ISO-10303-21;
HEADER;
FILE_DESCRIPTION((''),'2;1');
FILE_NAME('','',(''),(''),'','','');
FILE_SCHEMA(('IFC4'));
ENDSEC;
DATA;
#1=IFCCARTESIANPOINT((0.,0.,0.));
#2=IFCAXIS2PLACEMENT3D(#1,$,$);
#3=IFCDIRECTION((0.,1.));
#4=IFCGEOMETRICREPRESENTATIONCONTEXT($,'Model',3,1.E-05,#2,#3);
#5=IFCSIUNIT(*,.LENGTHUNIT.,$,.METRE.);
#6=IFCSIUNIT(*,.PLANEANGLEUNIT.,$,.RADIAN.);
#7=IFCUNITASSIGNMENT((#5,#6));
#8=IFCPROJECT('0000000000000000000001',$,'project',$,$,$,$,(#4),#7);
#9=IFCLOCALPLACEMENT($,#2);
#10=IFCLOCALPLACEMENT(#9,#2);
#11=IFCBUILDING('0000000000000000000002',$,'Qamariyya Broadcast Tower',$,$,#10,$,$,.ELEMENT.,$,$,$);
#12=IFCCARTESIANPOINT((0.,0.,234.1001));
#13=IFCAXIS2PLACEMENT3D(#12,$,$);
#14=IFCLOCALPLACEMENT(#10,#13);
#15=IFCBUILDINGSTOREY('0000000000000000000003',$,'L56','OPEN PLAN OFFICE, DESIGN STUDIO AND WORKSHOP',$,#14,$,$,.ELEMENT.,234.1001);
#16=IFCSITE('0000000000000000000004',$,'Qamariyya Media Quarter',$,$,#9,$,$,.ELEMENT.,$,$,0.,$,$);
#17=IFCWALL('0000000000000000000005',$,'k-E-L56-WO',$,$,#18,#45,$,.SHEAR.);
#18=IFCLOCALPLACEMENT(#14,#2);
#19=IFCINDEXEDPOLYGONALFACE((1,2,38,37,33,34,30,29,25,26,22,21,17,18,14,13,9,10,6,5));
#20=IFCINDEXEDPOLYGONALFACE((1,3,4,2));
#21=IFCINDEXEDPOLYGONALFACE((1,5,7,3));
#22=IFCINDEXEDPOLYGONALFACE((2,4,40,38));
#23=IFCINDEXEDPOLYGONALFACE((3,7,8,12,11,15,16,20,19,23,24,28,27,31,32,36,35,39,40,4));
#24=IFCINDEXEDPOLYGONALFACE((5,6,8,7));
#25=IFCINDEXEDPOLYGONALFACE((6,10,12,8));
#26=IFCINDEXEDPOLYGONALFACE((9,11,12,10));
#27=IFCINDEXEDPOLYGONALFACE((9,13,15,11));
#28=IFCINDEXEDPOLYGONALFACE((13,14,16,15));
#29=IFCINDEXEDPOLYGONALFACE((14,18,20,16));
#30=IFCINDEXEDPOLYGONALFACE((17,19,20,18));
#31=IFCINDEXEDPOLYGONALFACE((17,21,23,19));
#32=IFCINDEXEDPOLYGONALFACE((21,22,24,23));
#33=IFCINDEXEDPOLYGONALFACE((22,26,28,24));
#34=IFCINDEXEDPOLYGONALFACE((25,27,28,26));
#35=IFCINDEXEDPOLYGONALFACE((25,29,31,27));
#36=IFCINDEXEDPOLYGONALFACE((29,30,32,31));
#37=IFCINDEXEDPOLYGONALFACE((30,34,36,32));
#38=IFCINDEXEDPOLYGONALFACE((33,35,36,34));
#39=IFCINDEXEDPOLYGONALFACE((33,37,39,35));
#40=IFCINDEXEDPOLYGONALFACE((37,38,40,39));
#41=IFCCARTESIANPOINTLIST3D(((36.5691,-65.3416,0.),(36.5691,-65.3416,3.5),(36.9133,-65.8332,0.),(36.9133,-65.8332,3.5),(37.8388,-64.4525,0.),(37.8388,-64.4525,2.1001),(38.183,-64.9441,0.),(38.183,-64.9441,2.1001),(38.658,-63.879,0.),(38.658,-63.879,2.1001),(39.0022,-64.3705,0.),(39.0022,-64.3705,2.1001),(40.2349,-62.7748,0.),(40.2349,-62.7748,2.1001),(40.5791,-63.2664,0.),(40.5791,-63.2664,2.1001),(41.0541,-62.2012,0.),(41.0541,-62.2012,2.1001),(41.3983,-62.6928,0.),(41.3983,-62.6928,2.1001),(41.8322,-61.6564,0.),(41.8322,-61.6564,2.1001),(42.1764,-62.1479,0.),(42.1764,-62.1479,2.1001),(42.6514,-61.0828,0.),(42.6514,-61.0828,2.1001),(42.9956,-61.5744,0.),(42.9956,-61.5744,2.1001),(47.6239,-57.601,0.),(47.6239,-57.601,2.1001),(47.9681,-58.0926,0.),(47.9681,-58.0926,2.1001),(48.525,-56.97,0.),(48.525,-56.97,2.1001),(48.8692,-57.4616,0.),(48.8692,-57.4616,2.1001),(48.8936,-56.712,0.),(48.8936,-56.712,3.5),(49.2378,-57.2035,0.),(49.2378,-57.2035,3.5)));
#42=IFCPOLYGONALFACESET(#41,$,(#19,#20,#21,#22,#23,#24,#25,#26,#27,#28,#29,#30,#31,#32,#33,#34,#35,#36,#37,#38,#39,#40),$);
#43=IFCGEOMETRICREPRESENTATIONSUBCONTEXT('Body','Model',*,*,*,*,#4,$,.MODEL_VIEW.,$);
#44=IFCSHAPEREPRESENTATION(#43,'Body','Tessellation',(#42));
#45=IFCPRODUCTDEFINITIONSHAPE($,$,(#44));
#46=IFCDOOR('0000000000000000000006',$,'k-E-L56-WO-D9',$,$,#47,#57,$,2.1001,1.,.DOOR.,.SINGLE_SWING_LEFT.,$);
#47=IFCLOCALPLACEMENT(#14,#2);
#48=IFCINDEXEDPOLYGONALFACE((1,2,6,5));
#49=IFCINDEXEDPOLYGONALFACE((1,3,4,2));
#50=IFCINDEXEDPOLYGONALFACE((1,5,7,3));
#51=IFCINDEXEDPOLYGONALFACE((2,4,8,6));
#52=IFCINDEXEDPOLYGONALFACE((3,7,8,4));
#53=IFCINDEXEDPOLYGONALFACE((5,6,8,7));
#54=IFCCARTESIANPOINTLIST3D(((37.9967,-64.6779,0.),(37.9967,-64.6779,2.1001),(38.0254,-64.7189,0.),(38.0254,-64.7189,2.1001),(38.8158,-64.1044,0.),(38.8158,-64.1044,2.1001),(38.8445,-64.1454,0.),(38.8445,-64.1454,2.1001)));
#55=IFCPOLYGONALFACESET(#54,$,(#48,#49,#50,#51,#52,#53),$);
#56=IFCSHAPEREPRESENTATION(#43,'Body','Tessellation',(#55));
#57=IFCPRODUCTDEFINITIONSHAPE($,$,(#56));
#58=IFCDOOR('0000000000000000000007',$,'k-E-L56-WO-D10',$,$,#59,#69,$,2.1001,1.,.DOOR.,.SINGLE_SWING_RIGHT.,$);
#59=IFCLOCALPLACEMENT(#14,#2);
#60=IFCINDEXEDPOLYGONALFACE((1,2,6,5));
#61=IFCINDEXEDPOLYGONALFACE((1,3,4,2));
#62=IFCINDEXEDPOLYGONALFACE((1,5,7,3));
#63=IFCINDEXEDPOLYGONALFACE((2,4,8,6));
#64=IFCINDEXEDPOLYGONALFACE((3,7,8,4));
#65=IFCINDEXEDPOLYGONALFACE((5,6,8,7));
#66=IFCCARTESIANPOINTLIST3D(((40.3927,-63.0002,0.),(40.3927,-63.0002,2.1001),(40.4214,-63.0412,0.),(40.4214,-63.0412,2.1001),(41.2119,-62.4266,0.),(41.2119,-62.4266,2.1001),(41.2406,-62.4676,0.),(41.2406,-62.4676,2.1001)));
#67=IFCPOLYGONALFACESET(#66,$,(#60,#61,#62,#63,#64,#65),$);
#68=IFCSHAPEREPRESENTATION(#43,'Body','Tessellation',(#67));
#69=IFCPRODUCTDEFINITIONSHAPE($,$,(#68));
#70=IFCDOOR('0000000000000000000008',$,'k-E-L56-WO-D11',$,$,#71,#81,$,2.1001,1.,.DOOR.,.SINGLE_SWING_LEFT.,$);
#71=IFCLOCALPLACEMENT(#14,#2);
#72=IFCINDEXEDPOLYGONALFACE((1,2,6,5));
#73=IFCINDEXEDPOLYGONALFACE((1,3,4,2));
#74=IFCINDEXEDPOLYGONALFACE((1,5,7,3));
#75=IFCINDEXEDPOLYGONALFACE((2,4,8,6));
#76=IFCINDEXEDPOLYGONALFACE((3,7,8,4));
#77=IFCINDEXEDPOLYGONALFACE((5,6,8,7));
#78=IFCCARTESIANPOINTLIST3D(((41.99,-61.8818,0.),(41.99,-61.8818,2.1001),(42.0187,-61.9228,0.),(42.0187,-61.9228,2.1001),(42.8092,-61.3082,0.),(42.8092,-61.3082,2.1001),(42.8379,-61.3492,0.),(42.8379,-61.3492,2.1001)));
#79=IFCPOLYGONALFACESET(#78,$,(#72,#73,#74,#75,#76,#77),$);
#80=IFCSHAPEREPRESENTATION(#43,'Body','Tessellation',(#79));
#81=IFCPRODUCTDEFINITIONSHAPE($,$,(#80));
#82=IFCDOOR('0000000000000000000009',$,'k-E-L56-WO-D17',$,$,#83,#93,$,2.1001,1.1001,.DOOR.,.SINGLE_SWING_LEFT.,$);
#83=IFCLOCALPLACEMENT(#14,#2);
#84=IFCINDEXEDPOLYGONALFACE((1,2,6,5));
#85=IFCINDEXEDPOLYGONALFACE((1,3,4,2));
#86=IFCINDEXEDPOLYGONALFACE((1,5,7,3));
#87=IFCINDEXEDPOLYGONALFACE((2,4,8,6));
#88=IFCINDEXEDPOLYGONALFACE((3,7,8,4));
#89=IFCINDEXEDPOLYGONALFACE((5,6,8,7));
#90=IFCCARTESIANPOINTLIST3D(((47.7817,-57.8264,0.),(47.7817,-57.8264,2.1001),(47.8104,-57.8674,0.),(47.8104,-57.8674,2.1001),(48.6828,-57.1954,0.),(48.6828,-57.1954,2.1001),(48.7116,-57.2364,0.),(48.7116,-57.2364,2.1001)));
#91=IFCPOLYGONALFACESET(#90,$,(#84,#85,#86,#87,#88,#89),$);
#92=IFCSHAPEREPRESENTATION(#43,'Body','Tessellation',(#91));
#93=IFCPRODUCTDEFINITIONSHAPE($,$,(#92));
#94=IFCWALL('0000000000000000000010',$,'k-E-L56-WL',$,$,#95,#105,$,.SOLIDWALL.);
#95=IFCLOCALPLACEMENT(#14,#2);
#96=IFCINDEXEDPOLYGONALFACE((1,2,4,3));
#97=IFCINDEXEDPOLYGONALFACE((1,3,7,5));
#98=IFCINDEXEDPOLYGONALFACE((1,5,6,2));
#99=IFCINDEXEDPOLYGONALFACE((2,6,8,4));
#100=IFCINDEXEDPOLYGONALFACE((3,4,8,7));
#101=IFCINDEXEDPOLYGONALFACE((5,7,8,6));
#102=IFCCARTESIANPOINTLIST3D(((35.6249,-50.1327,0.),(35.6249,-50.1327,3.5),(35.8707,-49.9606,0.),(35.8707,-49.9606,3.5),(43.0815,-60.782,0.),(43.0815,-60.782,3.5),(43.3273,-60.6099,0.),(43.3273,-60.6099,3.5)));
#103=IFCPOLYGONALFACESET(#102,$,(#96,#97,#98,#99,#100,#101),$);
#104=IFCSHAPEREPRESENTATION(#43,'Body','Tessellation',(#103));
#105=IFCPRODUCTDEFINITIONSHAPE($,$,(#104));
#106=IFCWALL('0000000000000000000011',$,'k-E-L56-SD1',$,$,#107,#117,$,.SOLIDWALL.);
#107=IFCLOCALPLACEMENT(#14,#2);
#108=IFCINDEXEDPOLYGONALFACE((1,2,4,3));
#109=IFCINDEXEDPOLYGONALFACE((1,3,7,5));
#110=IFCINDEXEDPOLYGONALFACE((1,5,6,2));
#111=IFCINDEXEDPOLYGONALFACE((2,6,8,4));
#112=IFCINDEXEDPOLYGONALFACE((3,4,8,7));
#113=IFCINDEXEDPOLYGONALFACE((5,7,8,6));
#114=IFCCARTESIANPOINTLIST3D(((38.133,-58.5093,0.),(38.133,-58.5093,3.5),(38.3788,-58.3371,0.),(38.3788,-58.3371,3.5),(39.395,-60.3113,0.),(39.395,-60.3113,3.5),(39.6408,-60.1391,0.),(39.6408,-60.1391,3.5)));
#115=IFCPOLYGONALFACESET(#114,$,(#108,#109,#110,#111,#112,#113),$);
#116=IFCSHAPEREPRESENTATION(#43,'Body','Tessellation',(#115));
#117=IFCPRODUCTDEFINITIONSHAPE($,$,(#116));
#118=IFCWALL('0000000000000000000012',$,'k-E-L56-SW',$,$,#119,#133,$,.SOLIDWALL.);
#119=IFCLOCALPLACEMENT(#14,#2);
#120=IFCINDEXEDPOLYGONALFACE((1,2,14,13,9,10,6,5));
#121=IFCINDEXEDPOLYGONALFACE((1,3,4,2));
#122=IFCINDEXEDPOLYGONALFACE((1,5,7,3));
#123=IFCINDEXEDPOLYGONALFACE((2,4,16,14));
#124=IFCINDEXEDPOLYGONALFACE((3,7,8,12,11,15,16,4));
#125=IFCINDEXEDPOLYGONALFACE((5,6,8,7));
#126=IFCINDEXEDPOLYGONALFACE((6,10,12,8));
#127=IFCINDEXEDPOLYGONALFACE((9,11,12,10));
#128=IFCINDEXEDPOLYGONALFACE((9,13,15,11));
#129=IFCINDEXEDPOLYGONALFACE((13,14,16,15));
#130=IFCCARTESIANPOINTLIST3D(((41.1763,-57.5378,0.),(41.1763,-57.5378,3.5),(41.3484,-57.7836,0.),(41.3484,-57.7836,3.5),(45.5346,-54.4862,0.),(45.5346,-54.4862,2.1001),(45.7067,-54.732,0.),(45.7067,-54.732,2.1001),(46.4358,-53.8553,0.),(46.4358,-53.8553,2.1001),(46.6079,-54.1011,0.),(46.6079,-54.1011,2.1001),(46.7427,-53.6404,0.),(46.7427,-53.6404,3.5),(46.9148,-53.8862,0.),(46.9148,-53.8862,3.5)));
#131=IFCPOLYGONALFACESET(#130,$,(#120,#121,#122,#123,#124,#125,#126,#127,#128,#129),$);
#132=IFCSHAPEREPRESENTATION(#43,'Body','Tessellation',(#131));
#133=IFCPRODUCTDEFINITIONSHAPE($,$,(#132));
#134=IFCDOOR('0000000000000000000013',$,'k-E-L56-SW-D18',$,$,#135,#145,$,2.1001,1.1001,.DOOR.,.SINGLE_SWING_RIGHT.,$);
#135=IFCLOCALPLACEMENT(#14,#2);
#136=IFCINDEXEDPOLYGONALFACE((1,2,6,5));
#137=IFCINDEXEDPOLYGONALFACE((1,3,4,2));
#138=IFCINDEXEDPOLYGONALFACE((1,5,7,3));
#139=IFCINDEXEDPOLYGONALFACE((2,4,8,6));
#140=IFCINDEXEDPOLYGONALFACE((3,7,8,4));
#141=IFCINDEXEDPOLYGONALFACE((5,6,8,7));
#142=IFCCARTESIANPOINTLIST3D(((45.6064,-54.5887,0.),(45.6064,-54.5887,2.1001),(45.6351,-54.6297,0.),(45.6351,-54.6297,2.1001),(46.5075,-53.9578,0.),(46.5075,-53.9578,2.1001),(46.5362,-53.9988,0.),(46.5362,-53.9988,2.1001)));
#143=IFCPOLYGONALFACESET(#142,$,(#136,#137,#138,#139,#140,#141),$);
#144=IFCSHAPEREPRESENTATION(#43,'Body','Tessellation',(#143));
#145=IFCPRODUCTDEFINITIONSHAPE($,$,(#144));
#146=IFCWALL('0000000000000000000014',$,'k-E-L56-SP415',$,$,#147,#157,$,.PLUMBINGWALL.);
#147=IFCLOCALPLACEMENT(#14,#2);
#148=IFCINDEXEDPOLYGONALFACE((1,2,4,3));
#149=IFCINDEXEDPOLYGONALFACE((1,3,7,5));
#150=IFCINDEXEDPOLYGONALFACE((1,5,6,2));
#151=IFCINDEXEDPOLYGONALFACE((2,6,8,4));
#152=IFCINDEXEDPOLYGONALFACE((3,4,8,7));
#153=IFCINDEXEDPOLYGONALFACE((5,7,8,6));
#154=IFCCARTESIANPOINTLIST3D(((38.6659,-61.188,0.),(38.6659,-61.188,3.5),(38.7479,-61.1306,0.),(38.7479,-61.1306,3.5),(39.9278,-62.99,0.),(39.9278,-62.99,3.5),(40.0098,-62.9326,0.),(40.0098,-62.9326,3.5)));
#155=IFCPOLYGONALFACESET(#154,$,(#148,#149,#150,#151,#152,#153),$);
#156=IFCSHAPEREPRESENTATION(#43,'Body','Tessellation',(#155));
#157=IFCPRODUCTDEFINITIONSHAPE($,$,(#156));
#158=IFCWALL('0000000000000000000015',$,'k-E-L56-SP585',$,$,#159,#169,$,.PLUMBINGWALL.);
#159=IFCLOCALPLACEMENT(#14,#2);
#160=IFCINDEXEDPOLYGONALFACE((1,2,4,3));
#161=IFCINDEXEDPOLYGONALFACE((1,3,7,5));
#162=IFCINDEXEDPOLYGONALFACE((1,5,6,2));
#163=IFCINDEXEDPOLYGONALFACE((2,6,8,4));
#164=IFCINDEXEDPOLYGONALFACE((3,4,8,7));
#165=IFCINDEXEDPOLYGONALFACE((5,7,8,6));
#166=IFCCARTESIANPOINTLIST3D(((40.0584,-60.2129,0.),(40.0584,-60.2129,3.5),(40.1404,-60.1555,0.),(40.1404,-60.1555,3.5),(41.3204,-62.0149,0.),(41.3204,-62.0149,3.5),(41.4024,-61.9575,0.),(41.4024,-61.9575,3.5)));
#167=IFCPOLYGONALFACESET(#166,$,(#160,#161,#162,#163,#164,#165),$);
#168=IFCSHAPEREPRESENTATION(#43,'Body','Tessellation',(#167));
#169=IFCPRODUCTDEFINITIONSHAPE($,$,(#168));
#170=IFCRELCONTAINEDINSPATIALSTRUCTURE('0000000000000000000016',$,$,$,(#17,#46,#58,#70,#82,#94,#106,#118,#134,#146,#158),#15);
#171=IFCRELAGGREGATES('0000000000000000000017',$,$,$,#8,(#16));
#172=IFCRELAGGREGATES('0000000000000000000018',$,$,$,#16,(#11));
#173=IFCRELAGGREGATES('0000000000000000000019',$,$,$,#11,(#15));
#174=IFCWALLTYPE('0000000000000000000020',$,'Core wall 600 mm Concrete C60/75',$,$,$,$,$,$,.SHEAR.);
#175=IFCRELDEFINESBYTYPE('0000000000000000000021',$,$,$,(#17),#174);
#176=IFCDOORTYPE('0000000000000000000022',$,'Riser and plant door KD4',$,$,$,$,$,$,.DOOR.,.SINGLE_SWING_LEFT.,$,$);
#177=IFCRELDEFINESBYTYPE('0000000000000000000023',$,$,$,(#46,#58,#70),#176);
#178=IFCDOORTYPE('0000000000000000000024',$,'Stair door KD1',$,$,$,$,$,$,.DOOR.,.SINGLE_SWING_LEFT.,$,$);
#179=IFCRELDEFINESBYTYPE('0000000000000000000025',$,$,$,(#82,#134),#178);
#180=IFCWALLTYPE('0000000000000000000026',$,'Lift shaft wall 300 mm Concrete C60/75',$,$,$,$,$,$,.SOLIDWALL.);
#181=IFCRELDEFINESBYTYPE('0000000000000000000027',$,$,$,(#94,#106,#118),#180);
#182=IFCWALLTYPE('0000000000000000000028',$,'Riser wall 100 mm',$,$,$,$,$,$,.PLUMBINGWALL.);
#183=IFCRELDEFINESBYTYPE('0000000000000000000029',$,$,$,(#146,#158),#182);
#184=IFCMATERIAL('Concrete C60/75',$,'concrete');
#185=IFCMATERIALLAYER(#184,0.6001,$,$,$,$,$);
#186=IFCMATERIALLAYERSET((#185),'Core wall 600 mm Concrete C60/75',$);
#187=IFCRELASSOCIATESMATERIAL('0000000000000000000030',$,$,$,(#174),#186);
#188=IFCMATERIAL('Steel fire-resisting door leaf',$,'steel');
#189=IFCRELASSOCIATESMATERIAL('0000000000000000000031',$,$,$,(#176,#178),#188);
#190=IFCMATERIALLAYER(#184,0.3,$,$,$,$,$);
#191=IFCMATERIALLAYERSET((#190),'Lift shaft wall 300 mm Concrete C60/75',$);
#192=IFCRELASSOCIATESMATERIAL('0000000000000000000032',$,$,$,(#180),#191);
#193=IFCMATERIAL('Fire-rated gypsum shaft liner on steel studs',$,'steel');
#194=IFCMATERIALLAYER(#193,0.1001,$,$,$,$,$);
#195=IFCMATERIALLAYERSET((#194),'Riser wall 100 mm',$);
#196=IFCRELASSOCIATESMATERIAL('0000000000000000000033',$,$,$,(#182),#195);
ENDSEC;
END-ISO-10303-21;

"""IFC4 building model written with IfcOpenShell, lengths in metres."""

from ifc_helpers import new_model, si_unit, direction, frame, frame_2d, origin, place, context, subcontext, project, spatial, rectangle, extrude, material, layer, layer_set, type_object, element, fill, save


model = new_model("IFC4")

# Units and contexts
model_context = context("Model", 3, precision=1e-05, world=origin(), true_north=direction((0.0, 1.0)))
body_context = subcontext(model_context, "Body", "Model", "MODEL_VIEW")
ifc_project = project(units=[si_unit("LENGTHUNIT", "METRE"), si_unit("PLANEANGLEUNIT", "RADIAN")], contexts=[model_context])

# Site, building, storey
site_placement = place(None, origin())
site = spatial("IfcSite", under=ifc_project, at=site_placement, Name="Qamariyya Media Quarter", CompositionType="ELEMENT", RefElevation=0.0)
building_placement = place(site_placement, origin())
building = spatial("IfcBuilding", under=site, at=building_placement, Name="Qamariyya Broadcast Tower", CompositionType="ELEMENT")
storey_placement = place(building_placement, frame((0.0, 0.0, 234.1001)))
storey = spatial("IfcBuildingStorey", under=building, at=storey_placement, Name="L56", Description="OPEN PLAN OFFICE, DESIGN STUDIO AND WORKSHOP", CompositionType="ELEMENT", Elevation=234.1001)

# Shared definitions
ifc_material_1 = material(Name="Concrete C60/75", Category="concrete")

# Shared definitions
ifc_layer_1 = layer(ifc_material_1, 0.6001)
ifc_layer_set_1 = layer_set([ifc_layer_1], Name="Core wall 600 mm Concrete C60/75")
wall_type_1 = type_object("IfcWallType", Name="Core wall 600 mm Concrete C60/75", PredefinedType="SHEAR", material=ifc_layer_set_1)
ifc_material_2 = material(Name="Steel fire-resisting door leaf", Category="steel")

# Wall, openings, doors
wall_1_placement = place(storey_placement, frame((36.7412, -65.5874, 0.0), z_axis=(0.0, 0.0, 1.0), x_axis=(0.819153, 0.573575, 0.0)))
wall_1 = element("IfcWall", 1, at=wall_1_placement, inside=storey, type_object=wall_type_1, Name="k-E-L56-WO", PredefinedType="SHEAR", context=body_context, shape_type="SweptSolid", body=[
    extrude(rectangle(XDim=15.0454, YDim=0.6001, at=frame_2d((7.5227, 0.0))), origin(), (0.0, 0.0, 1.0), 3.5),
])
opening_1_placement = place(wall_1_placement, frame((1.55, 0.0, 0.0)))
opening_1 = element("IfcOpeningElement", 2, at=opening_1_placement, cuts=wall_1, PredefinedType="OPENING", context=body_context, shape_type="SweptSolid", body=[
    extrude(rectangle(XDim=1.0, YDim=2.1001, at=frame_2d((0.5, 1.05))), frame((0.0, 0.3101, 0.0), z_axis=(0.0, -1.0, 0.0), x_axis=(1.0, 0.0, 0.0)), (0.0, 0.0, 1.0), 0.6201),
])
opening_2_placement = place(wall_1_placement, frame((4.4751, 0.0, 0.0)))
opening_2 = element("IfcOpeningElement", 3, at=opening_2_placement, cuts=wall_1, PredefinedType="OPENING", context=body_context, shape_type="SweptSolid", body=[
    extrude(rectangle(XDim=1.0, YDim=2.1001, at=frame_2d((0.5, 1.05))), frame((0.0, 0.3101, 0.0), z_axis=(0.0, -1.0, 0.0), x_axis=(1.0, 0.0, 0.0)), (0.0, 0.0, 1.0), 0.6201),
])
opening_3_placement = place(wall_1_placement, frame((6.425, 0.0, 0.0)))
opening_3 = element("IfcOpeningElement", 4, at=opening_3_placement, cuts=wall_1, PredefinedType="OPENING", context=body_context, shape_type="SweptSolid", body=[
    extrude(rectangle(XDim=1.0, YDim=2.1001, at=frame_2d((0.5, 1.05))), frame((0.0, 0.3101, 0.0), z_axis=(0.0, -1.0, 0.0), x_axis=(1.0, 0.0, 0.0)), (0.0, 0.0, 1.0), 0.6201),
])
opening_4_placement = place(wall_1_placement, frame((13.4954, 0.0, 0.0)))
opening_4 = element("IfcOpeningElement", 5, at=opening_4_placement, cuts=wall_1, PredefinedType="OPENING", context=body_context, shape_type="SweptSolid", body=[
    extrude(rectangle(XDim=1.1001, YDim=2.1001, at=frame_2d((0.55, 1.05))), frame((0.0, 0.3101, 0.0), z_axis=(0.0, -1.0, 0.0), x_axis=(1.0, 0.0, 0.0)), (0.0, 0.0, 1.0), 0.6201),
])
door_type_1 = type_object("IfcDoorType", Name="Riser and plant door KD4", OperationType="SINGLE_SWING_LEFT", PredefinedType="DOOR", material=ifc_material_2)
door_1_placement = place(opening_1_placement, origin())
door_1 = element("IfcDoor", 6, at=door_1_placement, inside=storey, type_object=door_type_1, Name="k-E-L56-WO-D9", OperationType="SINGLE_SWING_LEFT", OverallHeight=2.1001, OverallWidth=1.0, PredefinedType="DOOR", context=body_context, shape_type="SweptSolid", body=[
    extrude(rectangle(XDim=1.0, YDim=2.1001, at=frame_2d((0.5, 1.05))), frame((0.0, 0.0249, 0.0), z_axis=(0.0, -1.0, 0.0), x_axis=(1.0, 0.0, 0.0)), (0.0, 0.0, 1.0), 0.05),
])
fill(opening_1, door_1)
door_2_placement = place(opening_2_placement, origin())
door_2 = element("IfcDoor", 7, at=door_2_placement, inside=storey, type_object=door_type_1, Name="k-E-L56-WO-D10", OperationType="SINGLE_SWING_RIGHT", OverallHeight=2.1001, OverallWidth=1.0, PredefinedType="DOOR", context=body_context, shape_type="SweptSolid", body=[
    extrude(rectangle(XDim=1.0, YDim=2.1001, at=frame_2d((0.5, 1.05))), frame((0.0, 0.0249, 0.0), z_axis=(0.0, -1.0, 0.0), x_axis=(1.0, 0.0, 0.0)), (0.0, 0.0, 1.0), 0.05),
])
fill(opening_2, door_2)
door_3_placement = place(opening_3_placement, origin())
door_3 = element("IfcDoor", 8, at=door_3_placement, inside=storey, type_object=door_type_1, Name="k-E-L56-WO-D11", OperationType="SINGLE_SWING_LEFT", OverallHeight=2.1001, OverallWidth=1.0, PredefinedType="DOOR", context=body_context, shape_type="SweptSolid", body=[
    extrude(rectangle(XDim=1.0, YDim=2.1001, at=frame_2d((0.5, 1.05))), frame((0.0, 0.0249, 0.0), z_axis=(0.0, -1.0, 0.0), x_axis=(1.0, 0.0, 0.0)), (0.0, 0.0, 1.0), 0.05),
])
fill(opening_3, door_3)
door_type_2 = type_object("IfcDoorType", Name="Stair door KD1", OperationType="SINGLE_SWING_LEFT", PredefinedType="DOOR", material=ifc_material_2)
door_4_placement = place(opening_4_placement, origin())
door_4 = element("IfcDoor", 9, at=door_4_placement, inside=storey, type_object=door_type_2, Name="k-E-L56-WO-D17", OperationType="SINGLE_SWING_LEFT", OverallHeight=2.1001, OverallWidth=1.1001, PredefinedType="DOOR", context=body_context, shape_type="SweptSolid", body=[
    extrude(rectangle(XDim=1.1001, YDim=2.1001, at=frame_2d((0.55, 1.05))), frame((0.0, 0.0249, 0.0), z_axis=(0.0, -1.0, 0.0), x_axis=(1.0, 0.0, 0.0)), (0.0, 0.0, 1.0), 0.05),
])
fill(opening_4, door_4)

# Walls
ifc_layer_2 = layer(ifc_material_1, 0.3)
ifc_layer_set_2 = layer_set([ifc_layer_2], Name="Lift shaft wall 300 mm Concrete C60/75")
wall_type_2 = type_object("IfcWallType", Name="Lift shaft wall 300 mm Concrete C60/75", PredefinedType="SOLIDWALL", material=ifc_layer_set_2)
wall_2_placement = place(storey_placement, frame((43.2043, -60.6958, 0.0), z_axis=(0.0, 0.0, 1.0), x_axis=(-0.573572, 0.819155, 0.0)))
element("IfcWall", 10, at=wall_2_placement, inside=storey, type_object=wall_type_2, Name="k-E-L56-WL", PredefinedType="SOLIDWALL", context=body_context, shape_type="SweptSolid", body=[
    extrude(rectangle(XDim=13.0002, YDim=0.3, at=frame_2d((6.5, 0.0))), origin(), (0.0, 0.0, 1.0), 3.5),
])
wall_3_placement = place(storey_placement, frame((38.2559, -58.4231, 0.0), z_axis=(0.0, 0.0, 1.0), x_axis=(0.573634, -0.819112, 0.0)))
element("IfcWall", 11, at=wall_3_placement, inside=storey, type_object=wall_type_2, Name="k-E-L56-SD1", PredefinedType="SOLIDWALL", context=body_context, shape_type="SweptSolid", body=[
    extrude(rectangle(XDim=2.2, YDim=0.3, at=frame_2d((1.1001, 0.0))), origin(), (0.0, 0.0, 1.0), 3.5),
])

# Wall, opening, door
wall_4_placement = place(storey_placement, frame((41.2625, -57.6606, 0.0), z_axis=(0.0, 0.0, 1.0), x_axis=(0.819164, 0.573559, 0.0)))
wall_4 = element("IfcWall", 12, at=wall_4_placement, inside=storey, type_object=wall_type_2, Name="k-E-L56-SW", PredefinedType="SOLIDWALL", context=body_context, shape_type="SweptSolid", body=[
    extrude(rectangle(XDim=6.7952, YDim=0.3, at=frame_2d((3.3975, 0.0))), origin(), (0.0, 0.0, 1.0), 3.5),
])
opening_5_placement = place(wall_4_placement, frame((5.3203, 0.0, 0.0)))
opening_5 = element("IfcOpeningElement", 13, at=opening_5_placement, cuts=wall_4, PredefinedType="OPENING", context=body_context, shape_type="SweptSolid", body=[
    extrude(rectangle(XDim=1.1001, YDim=2.1001, at=frame_2d((0.55, 1.05))), frame((0.0, 0.1599, 0.0), z_axis=(0.0, -1.0, 0.0), x_axis=(1.0, 0.0, 0.0)), (0.0, 0.0, 1.0), 0.3201),
])
door_5_placement = place(opening_5_placement, origin())
door_5 = element("IfcDoor", 14, at=door_5_placement, inside=storey, type_object=door_type_2, Name="k-E-L56-SW-D18", OperationType="SINGLE_SWING_RIGHT", OverallHeight=2.1001, OverallWidth=1.1001, PredefinedType="DOOR", context=body_context, shape_type="SweptSolid", body=[
    extrude(rectangle(XDim=1.1001, YDim=2.1001, at=frame_2d((0.55, 1.05))), frame((0.0, 0.0249, 0.0), z_axis=(0.0, -1.0, 0.0), x_axis=(1.0, 0.0, 0.0)), (0.0, 0.0, 1.0), 0.05),
])
fill(opening_5, door_5)

# Walls
ifc_material_3 = material(Name="Fire-rated gypsum shaft liner on steel studs", Category="steel")
ifc_layer_3 = layer(ifc_material_3, 0.1001)
ifc_layer_set_3 = layer_set([ifc_layer_3], Name="Riser wall 100 mm")
wall_type_3 = type_object("IfcWallType", Name="Riser wall 100 mm", PredefinedType="PLUMBINGWALL", material=ifc_layer_set_3)
for number, where, z_axis, x_axis, name in (
    (15, (38.7068, -61.1592, 0.0), (0.0, 0.0, 1.0), (0.573634, -0.819112, 0.0), "k-E-L56-SP415"),
    (16, (40.0994, -60.1841, 0.0), (0.0, 0.0, 1.0), (0.573634, -0.819112, 0.0), "k-E-L56-SP585"),
):
    element("IfcWall", number, at=place(storey_placement, frame(where, z_axis=z_axis, x_axis=x_axis)), inside=storey, type_object=wall_type_3, Name=name, PredefinedType="PLUMBINGWALL", context=body_context, shape_type="SweptSolid", body=[
        extrude(rectangle(XDim=2.2, YDim=0.1001, at=frame_2d((1.1001, 0.0))), origin(), (0.0, 0.0, 1.0), 3.5),
    ])

save(model, "model.ifc")
